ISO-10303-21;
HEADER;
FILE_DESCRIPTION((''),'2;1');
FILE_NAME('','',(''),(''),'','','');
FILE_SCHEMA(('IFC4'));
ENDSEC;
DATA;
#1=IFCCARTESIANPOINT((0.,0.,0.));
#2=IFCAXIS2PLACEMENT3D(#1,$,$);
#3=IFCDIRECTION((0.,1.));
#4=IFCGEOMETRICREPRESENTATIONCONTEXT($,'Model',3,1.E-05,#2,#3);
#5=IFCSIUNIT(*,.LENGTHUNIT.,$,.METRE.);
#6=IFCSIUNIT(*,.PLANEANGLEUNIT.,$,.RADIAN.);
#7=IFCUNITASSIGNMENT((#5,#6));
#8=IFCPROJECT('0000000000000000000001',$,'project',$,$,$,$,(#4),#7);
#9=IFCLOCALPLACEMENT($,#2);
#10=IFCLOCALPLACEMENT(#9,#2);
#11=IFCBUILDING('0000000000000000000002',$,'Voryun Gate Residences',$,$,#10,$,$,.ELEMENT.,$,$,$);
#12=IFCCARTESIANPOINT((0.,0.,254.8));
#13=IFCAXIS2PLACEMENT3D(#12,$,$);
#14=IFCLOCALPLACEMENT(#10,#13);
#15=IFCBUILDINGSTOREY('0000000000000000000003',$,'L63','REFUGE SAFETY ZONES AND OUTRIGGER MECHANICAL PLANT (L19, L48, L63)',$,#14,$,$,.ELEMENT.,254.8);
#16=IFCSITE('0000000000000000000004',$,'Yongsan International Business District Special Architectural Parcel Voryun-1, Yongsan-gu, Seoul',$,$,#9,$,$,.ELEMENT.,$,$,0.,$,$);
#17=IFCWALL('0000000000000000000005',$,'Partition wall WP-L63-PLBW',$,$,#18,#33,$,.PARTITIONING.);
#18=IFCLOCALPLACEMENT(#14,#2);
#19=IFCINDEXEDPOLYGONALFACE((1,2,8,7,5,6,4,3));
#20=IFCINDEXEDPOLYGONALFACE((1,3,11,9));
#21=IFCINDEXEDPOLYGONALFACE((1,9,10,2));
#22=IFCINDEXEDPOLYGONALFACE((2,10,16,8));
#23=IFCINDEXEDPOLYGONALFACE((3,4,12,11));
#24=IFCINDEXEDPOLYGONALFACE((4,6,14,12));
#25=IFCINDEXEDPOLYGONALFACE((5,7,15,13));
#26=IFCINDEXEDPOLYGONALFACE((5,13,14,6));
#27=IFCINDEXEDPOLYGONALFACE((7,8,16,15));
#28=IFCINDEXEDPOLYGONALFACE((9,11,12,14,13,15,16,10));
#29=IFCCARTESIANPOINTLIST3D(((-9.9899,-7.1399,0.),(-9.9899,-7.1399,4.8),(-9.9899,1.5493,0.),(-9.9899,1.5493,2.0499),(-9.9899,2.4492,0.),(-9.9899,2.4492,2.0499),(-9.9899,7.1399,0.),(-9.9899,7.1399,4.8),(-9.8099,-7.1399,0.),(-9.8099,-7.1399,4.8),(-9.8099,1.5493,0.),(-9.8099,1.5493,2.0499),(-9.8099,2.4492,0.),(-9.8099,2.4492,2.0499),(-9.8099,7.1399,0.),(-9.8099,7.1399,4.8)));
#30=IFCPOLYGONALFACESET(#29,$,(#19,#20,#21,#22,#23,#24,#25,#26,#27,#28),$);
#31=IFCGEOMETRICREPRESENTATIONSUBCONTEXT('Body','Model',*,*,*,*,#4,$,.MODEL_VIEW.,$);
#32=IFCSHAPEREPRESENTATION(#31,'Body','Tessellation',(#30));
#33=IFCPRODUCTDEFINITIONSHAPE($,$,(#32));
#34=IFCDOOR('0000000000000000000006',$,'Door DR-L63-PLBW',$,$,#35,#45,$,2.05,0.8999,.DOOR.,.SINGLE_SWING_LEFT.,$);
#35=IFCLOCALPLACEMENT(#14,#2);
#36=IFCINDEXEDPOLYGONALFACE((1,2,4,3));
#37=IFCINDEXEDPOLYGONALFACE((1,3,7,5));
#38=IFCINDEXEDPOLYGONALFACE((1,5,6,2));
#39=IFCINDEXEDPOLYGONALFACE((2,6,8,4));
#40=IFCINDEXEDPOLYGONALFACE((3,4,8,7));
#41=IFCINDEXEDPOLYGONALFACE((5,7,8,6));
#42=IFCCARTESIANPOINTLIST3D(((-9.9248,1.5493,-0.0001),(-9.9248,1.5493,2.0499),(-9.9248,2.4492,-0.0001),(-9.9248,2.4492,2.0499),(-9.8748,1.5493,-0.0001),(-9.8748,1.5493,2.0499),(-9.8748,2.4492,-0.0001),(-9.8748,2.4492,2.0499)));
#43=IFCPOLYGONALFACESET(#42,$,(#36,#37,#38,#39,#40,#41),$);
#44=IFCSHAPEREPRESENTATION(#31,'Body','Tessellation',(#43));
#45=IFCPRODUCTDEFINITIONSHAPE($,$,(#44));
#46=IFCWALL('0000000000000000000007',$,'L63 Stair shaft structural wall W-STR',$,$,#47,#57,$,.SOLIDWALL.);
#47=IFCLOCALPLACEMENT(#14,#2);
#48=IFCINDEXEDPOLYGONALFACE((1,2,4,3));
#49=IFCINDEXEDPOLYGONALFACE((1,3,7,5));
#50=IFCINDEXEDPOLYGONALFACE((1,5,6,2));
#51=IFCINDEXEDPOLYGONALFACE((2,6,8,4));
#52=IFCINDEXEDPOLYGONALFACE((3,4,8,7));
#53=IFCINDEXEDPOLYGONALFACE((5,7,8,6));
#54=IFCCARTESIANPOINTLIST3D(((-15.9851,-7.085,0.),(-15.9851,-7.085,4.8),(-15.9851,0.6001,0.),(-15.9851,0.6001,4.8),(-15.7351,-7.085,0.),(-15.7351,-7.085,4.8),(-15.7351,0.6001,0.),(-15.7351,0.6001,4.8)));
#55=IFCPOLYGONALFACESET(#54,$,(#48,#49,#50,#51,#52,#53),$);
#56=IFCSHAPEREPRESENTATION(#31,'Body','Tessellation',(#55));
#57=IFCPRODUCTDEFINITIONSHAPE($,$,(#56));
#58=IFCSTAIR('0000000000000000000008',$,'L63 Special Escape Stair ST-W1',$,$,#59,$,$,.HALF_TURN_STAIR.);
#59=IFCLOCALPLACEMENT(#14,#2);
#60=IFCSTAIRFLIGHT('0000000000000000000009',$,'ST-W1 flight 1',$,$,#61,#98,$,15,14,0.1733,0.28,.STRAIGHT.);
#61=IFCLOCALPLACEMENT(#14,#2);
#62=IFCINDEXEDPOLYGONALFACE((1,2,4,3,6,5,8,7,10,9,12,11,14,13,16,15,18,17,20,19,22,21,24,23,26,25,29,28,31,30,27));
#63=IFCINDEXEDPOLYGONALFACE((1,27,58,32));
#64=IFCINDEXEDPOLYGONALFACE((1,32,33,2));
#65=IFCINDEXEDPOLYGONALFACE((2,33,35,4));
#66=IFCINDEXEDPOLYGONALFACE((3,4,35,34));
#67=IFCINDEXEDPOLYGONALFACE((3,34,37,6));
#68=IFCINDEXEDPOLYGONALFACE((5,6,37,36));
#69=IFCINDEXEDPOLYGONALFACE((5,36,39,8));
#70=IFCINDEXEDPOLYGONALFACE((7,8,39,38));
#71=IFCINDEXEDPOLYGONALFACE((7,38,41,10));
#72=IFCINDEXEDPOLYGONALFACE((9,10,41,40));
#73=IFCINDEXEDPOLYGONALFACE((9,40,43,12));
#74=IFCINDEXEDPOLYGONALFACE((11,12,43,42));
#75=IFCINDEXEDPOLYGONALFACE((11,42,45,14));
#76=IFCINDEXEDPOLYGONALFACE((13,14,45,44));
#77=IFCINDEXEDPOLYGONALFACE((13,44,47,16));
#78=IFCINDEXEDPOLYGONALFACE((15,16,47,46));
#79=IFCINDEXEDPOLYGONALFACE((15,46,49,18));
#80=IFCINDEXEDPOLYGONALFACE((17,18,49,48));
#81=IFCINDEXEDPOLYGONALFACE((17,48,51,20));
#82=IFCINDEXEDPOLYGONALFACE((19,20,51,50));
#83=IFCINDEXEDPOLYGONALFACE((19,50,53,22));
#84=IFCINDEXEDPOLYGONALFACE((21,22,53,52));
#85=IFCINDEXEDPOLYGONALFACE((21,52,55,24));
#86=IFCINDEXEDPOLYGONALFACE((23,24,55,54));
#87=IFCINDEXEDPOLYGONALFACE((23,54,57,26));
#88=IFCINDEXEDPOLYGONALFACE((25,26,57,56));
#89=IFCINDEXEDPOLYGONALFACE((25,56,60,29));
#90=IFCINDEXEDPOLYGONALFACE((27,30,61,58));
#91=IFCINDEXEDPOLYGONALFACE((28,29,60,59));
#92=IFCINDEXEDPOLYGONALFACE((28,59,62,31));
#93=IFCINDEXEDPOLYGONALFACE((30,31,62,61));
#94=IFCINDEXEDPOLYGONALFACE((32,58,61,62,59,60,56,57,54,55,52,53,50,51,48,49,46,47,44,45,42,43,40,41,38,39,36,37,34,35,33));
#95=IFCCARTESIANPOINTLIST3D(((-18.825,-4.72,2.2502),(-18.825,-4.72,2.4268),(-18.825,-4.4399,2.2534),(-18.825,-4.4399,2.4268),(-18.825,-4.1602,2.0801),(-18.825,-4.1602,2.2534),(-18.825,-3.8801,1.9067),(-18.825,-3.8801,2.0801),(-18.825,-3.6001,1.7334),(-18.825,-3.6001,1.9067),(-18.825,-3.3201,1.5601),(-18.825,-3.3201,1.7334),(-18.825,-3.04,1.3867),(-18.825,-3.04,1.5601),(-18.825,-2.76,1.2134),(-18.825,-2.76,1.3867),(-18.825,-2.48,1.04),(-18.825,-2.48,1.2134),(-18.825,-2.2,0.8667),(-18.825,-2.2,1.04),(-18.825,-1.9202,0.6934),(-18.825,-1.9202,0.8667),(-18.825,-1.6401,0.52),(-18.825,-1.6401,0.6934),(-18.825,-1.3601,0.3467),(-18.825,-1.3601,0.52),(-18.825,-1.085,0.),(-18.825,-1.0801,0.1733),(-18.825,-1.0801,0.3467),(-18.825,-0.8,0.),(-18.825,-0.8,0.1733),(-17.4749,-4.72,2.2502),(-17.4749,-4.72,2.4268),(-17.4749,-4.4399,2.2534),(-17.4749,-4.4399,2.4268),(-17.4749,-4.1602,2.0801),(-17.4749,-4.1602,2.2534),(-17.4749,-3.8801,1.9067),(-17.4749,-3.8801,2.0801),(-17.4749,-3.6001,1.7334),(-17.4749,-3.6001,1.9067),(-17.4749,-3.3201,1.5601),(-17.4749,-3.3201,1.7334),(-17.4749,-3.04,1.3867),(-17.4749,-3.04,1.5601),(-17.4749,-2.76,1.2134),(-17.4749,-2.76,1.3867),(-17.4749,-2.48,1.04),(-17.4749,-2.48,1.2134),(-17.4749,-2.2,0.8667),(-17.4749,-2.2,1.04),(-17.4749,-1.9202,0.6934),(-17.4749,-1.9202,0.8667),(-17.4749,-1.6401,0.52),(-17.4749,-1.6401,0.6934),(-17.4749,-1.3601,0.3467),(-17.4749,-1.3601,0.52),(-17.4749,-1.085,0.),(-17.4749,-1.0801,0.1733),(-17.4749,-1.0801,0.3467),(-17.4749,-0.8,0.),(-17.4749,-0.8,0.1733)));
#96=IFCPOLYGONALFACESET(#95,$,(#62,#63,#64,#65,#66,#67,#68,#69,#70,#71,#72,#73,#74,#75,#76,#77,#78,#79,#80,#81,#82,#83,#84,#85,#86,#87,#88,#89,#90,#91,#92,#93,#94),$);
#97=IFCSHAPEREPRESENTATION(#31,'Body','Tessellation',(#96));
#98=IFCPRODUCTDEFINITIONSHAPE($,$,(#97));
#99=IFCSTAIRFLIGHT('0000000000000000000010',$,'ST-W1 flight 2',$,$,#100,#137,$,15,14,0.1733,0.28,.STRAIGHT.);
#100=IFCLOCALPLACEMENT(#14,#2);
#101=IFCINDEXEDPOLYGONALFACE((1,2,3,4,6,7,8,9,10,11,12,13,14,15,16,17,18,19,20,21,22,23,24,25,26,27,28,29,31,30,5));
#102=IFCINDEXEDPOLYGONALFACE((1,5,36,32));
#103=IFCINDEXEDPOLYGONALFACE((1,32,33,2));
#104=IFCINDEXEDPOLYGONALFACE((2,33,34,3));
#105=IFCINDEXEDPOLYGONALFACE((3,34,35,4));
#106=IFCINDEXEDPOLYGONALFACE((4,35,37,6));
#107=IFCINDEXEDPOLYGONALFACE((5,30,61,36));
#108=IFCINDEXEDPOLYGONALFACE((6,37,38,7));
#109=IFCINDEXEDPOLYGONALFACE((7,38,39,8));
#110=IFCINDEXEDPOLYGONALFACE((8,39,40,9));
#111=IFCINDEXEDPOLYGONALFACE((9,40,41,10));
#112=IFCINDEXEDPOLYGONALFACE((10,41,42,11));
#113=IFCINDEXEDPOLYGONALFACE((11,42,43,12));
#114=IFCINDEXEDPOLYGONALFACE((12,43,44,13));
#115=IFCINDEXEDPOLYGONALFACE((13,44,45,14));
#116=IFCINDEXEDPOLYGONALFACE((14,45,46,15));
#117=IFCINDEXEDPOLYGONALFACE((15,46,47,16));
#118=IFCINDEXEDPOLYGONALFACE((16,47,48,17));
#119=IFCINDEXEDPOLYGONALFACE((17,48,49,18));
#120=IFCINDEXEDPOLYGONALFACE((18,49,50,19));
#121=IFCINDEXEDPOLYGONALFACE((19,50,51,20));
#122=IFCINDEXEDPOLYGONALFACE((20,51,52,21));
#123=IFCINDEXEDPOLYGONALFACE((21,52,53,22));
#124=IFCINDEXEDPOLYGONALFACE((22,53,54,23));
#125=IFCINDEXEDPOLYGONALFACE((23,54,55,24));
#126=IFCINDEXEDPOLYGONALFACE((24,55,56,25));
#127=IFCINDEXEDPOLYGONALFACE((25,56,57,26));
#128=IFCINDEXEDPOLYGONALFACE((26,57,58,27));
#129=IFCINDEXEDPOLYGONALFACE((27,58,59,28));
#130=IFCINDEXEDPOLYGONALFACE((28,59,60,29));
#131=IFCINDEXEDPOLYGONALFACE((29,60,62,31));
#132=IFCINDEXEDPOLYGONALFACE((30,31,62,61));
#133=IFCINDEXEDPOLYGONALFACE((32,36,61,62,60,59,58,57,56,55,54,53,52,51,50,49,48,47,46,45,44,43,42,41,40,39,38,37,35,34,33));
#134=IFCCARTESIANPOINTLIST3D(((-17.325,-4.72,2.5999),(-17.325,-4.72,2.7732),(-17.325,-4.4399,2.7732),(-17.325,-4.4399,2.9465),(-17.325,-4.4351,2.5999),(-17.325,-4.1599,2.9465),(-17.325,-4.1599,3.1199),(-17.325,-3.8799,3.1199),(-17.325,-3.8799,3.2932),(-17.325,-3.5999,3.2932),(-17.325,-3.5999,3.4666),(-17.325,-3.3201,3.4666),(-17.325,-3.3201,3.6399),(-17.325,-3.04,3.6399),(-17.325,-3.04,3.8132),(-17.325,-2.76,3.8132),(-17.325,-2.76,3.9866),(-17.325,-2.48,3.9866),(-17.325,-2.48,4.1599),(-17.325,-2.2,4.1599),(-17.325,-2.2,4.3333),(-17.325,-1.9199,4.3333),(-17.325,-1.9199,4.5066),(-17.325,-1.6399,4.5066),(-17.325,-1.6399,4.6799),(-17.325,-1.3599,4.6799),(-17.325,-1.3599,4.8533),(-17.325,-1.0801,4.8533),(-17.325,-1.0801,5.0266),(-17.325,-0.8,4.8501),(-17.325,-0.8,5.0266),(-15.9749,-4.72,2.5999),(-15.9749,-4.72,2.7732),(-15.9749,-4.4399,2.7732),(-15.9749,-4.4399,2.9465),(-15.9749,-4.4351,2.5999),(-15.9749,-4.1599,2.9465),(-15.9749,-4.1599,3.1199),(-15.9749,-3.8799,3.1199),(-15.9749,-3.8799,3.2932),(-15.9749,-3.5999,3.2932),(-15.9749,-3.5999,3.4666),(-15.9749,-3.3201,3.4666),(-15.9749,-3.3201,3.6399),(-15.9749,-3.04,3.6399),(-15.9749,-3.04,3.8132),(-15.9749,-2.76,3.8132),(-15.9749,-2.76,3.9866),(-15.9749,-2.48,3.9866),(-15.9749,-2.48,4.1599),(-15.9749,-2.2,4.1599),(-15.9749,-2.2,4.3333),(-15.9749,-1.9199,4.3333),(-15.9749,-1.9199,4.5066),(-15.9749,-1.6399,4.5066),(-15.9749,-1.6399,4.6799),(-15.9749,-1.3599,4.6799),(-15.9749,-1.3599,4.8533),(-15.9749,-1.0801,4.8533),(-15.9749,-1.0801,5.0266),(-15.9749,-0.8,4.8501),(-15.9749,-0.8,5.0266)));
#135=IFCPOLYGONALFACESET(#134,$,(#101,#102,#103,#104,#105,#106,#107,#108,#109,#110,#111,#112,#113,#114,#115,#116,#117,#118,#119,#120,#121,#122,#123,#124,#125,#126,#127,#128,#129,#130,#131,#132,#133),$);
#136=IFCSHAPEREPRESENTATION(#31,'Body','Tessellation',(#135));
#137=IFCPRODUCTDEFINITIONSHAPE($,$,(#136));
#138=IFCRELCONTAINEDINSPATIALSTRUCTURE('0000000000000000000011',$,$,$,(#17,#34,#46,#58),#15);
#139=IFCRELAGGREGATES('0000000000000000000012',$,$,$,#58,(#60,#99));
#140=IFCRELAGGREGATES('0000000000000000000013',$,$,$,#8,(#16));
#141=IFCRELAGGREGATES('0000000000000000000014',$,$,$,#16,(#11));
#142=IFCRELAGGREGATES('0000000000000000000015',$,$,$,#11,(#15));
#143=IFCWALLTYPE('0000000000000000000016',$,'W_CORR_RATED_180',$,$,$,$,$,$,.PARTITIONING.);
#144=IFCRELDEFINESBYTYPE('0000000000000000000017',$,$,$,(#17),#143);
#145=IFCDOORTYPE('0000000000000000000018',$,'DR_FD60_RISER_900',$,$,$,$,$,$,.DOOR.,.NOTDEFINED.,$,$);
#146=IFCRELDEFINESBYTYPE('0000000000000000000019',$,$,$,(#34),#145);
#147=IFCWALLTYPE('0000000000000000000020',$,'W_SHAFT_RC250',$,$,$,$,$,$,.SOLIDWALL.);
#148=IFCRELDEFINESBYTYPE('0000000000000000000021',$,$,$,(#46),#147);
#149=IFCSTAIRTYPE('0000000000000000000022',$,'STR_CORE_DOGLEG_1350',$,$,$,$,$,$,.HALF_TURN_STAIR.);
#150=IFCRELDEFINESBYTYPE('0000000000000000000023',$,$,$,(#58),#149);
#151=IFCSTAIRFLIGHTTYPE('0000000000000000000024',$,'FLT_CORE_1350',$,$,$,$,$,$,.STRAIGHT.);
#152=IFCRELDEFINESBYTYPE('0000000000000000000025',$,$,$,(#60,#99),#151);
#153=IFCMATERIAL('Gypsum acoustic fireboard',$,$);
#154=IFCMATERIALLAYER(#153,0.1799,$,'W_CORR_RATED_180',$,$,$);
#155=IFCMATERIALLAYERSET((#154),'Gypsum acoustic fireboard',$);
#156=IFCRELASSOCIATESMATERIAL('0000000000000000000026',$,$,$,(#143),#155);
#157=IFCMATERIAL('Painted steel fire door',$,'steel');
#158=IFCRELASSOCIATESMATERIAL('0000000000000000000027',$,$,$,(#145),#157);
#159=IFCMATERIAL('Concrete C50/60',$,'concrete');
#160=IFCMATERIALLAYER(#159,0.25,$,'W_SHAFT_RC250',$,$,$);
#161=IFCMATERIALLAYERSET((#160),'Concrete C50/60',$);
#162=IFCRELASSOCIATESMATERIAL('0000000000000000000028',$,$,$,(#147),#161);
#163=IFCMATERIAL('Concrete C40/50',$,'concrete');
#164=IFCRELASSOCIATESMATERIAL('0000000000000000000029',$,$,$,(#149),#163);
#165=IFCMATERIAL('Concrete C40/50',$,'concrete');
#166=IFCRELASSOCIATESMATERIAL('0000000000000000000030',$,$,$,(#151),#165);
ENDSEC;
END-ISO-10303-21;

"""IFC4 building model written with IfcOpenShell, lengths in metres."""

from ifc_helpers import new_model, si_unit, direction, frame, frame_2d, origin, place, context, subcontext, project, spatial, polyline, rectangle, outline, extrude, material, layer, layer_set, type_object, element, fill, aggregate, save


model = new_model("IFC4")

# Units and contexts
model_context = context("Model", 3, precision=1e-05, world=origin(), true_north=direction((0.0, 1.0)))
body_context = subcontext(model_context, "Body", "Model", "MODEL_VIEW")
ifc_project = project(units=[si_unit("LENGTHUNIT", "METRE"), si_unit("PLANEANGLEUNIT", "RADIAN")], contexts=[model_context])

# Site, building, storey
site_placement = place(None, origin())
site = spatial("IfcSite", under=ifc_project, at=site_placement, Name="Yongsan International Business District Special Architectural Parcel Voryun-1, Yongsan-gu, Seoul", CompositionType="ELEMENT", RefElevation=0.0)
building_placement = place(site_placement, origin())
building = spatial("IfcBuilding", under=site, at=building_placement, Name="Voryun Gate Residences", CompositionType="ELEMENT")
storey_placement = place(building_placement, frame((0.0, 0.0, 254.8)))
storey = spatial("IfcBuildingStorey", under=building, at=storey_placement, Name="L63", Description="REFUGE SAFETY ZONES AND OUTRIGGER MECHANICAL PLANT (L19, L48, L63)", CompositionType="ELEMENT", Elevation=254.8)

# Shared definitions
ifc_material_1 = material(Name="Gypsum acoustic fireboard")
ifc_layer_1 = layer(ifc_material_1, 0.1799, Name="W_CORR_RATED_180")
ifc_layer_set_1 = layer_set([ifc_layer_1], Name="Gypsum acoustic fireboard")
wall_type_1 = type_object("IfcWallType", Name="W_CORR_RATED_180", PredefinedType="PARTITIONING", material=ifc_layer_set_1)

# Wall, opening, door
wall_1_placement = place(storey_placement, frame((-9.8999, -7.1399, 0.0), z_axis=(0.0, 0.0, 1.0), x_axis=(0.0, 1.0, 0.0)))
wall_1 = element("IfcWall", 1, at=wall_1_placement, inside=storey, type_object=wall_type_1, Name="Partition wall WP-L63-PLBW", PredefinedType="PARTITIONING", context=body_context, shape_type="SweptSolid", body=[
    extrude(rectangle(XDim=14.2798, YDim=0.1799, at=frame_2d((7.1399, 0.0))), origin(), (0.0, 0.0, 1.0), 4.8),
])
opening_placement = place(wall_1_placement, frame((8.6892, 0.0, 0.0)))
opening = element("IfcOpeningElement", 2, at=opening_placement, cuts=wall_1, PredefinedType="OPENING", context=body_context, shape_type="SweptSolid", body=[
    extrude(rectangle(XDim=0.8999, YDim=2.05, at=frame_2d((0.45, 1.0249))), frame((0.0, 0.0999, 0.0), z_axis=(0.0, -1.0, 0.0), x_axis=(1.0, 0.0, 0.0)), (0.0, 0.0, 1.0), 0.2),
])
ifc_material_2 = material(Name="Painted steel fire door", Category="steel")
door_type = type_object("IfcDoorType", Name="DR_FD60_RISER_900", OperationType="NOTDEFINED", PredefinedType="DOOR", material=ifc_material_2)
door_placement = place(opening_placement, origin())
door = element("IfcDoor", 3, at=door_placement, inside=storey, type_object=door_type, Name="Door DR-L63-PLBW", OperationType="SINGLE_SWING_LEFT", OverallHeight=2.05, OverallWidth=0.8999, PredefinedType="DOOR", context=body_context, shape_type="SweptSolid", body=[
    extrude(rectangle(XDim=0.8999, YDim=2.05, at=frame_2d((0.45, 1.0249))), frame((0.0, 0.0249, 0.0), z_axis=(0.0, -1.0, 0.0), x_axis=(1.0, 0.0, 0.0)), (0.0, 0.0, 1.0), 0.05),
])
fill(opening, door)

# Wall
ifc_material_3 = material(Name="Concrete C50/60", Category="concrete")
ifc_layer_2 = layer(ifc_material_3, 0.25, Name="W_SHAFT_RC250")
ifc_layer_set_2 = layer_set([ifc_layer_2], Name="Concrete C50/60")
wall_type_2 = type_object("IfcWallType", Name="W_SHAFT_RC250", PredefinedType="SOLIDWALL", material=ifc_layer_set_2)
wall_2_placement = place(storey_placement, frame((-15.8601, -7.085, 0.0), z_axis=(0.0, 0.0, 1.0), x_axis=(0.0, 1.0, 0.0)))
element("IfcWall", 4, at=wall_2_placement, inside=storey, type_object=wall_type_2, Name="L63 Stair shaft structural wall W-STR", PredefinedType="SOLIDWALL", context=body_context, shape_type="SweptSolid", body=[
    extrude(rectangle(XDim=7.6851, YDim=0.25, at=frame_2d((3.8425, 0.0))), origin(), (0.0, 0.0, 1.0), 4.8),
])

# Stair, stair flights
ifc_material_4 = material(Name="Concrete C40/50", Category="concrete")
stair_type = type_object("IfcStairType", Name="STR_CORE_DOGLEG_1350", PredefinedType="HALF_TURN_STAIR", material=ifc_material_4)
stair_placement = place(storey_placement, origin())
stair = element("IfcStair", 5, at=stair_placement, inside=storey, type_object=stair_type, Name="L63 Special Escape Stair ST-W1", PredefinedType="HALF_TURN_STAIR")
ifc_material_5 = material(Name="Concrete C40/50", Category="concrete")
stair_flight_type = type_object("IfcStairFlightType", Name="FLT_CORE_1350", PredefinedType="STRAIGHT", material=ifc_material_5)
stair_flight_1_placement = place(storey_placement, frame((-18.1499, -0.8, 0.0), z_axis=(0.0, 0.0, 1.0), x_axis=(0.0, -1.0, 0.0)))
stair_flight_1 = element("IfcStairFlight", 6, at=stair_flight_1_placement, type_object=stair_flight_type, Name="ST-W1 flight 1", NumberOfRisers=15, NumberOfTreads=14, PredefinedType="STRAIGHT", RiserHeight=0.1733, TreadLength=0.28, context=body_context, shape_type="SweptSolid", body=[
    extrude(outline(polyline([(0.0, 0.0), (0.0, 0.1733), (0.28, 0.1733), (0.28, 0.3467), (0.5601, 0.3467), (0.5601, 0.52), (0.8401, 0.52), (0.8401, 0.6934), (1.1201, 0.6934), (1.1201, 0.8667), (1.3999, 0.8667), (1.3999, 1.04), (1.6799, 1.04), (1.6799, 1.2134), (1.96, 1.2134), (1.96, 1.3867), (2.24, 1.3867), (2.24, 1.5601), (2.52, 1.5601), (2.52, 1.7334), (2.8, 1.7334), (2.8, 1.9067), (3.0801, 1.9067), (3.0801, 2.0801), (3.3601, 2.0801), (3.3601, 2.2534), (3.6399, 2.2534), (3.6399, 2.4268), (3.9199, 2.4268), (3.9199, 2.6001), (3.9199, 2.2502), (0.2849, 0.0), (0.0, 0.0)])), frame((0.0, 0.675, 0.0), z_axis=(0.0, -1.0, 0.0), x_axis=(1.0, 0.0, 0.0)), (0.0, 0.0, 1.0), 1.3501),
])
stair_flight_2_placement = place(storey_placement, frame((-16.6499, -4.72, 2.5999), z_axis=(0.0, 0.0, 1.0), x_axis=(0.0, 1.0, 0.0)))
stair_flight_2 = element("IfcStairFlight", 7, at=stair_flight_2_placement, type_object=stair_flight_type, Name="ST-W1 flight 2", NumberOfRisers=15, NumberOfTreads=14, PredefinedType="STRAIGHT", RiserHeight=0.1733, TreadLength=0.28, context=body_context, shape_type="SweptSolid", body=[
    extrude(outline(polyline([(0.0, 0.0), (0.0, 0.1733), (0.28, 0.1733), (0.28, 0.3467), (0.5601, 0.3467), (0.5601, 0.52), (0.8401, 0.52), (0.8401, 0.6934), (1.1201, 0.6934), (1.1201, 0.8667), (1.3999, 0.8667), (1.3999, 1.04), (1.6799, 1.04), (1.6799, 1.2134), (1.96, 1.2134), (1.96, 1.3867), (2.24, 1.3867), (2.24, 1.5601), (2.52, 1.5601), (2.52, 1.7334), (2.8, 1.7334), (2.8, 1.9067), (3.0801, 1.9067), (3.0801, 2.0801), (3.3601, 2.0801), (3.3601, 2.2534), (3.6399, 2.2534), (3.6399, 2.4268), (3.9199, 2.4268), (3.9199, 2.6001), (3.9199, 2.2502), (0.2849, 0.0), (0.0, 0.0)])), frame((0.0, 0.675, 0.0), z_axis=(0.0, -1.0, 0.0), x_axis=(1.0, 0.0, 0.0)), (0.0, 0.0, 1.0), 1.3501),
])
aggregate(stair, [stair_flight_1, stair_flight_2])

save(model, "model.ifc")
